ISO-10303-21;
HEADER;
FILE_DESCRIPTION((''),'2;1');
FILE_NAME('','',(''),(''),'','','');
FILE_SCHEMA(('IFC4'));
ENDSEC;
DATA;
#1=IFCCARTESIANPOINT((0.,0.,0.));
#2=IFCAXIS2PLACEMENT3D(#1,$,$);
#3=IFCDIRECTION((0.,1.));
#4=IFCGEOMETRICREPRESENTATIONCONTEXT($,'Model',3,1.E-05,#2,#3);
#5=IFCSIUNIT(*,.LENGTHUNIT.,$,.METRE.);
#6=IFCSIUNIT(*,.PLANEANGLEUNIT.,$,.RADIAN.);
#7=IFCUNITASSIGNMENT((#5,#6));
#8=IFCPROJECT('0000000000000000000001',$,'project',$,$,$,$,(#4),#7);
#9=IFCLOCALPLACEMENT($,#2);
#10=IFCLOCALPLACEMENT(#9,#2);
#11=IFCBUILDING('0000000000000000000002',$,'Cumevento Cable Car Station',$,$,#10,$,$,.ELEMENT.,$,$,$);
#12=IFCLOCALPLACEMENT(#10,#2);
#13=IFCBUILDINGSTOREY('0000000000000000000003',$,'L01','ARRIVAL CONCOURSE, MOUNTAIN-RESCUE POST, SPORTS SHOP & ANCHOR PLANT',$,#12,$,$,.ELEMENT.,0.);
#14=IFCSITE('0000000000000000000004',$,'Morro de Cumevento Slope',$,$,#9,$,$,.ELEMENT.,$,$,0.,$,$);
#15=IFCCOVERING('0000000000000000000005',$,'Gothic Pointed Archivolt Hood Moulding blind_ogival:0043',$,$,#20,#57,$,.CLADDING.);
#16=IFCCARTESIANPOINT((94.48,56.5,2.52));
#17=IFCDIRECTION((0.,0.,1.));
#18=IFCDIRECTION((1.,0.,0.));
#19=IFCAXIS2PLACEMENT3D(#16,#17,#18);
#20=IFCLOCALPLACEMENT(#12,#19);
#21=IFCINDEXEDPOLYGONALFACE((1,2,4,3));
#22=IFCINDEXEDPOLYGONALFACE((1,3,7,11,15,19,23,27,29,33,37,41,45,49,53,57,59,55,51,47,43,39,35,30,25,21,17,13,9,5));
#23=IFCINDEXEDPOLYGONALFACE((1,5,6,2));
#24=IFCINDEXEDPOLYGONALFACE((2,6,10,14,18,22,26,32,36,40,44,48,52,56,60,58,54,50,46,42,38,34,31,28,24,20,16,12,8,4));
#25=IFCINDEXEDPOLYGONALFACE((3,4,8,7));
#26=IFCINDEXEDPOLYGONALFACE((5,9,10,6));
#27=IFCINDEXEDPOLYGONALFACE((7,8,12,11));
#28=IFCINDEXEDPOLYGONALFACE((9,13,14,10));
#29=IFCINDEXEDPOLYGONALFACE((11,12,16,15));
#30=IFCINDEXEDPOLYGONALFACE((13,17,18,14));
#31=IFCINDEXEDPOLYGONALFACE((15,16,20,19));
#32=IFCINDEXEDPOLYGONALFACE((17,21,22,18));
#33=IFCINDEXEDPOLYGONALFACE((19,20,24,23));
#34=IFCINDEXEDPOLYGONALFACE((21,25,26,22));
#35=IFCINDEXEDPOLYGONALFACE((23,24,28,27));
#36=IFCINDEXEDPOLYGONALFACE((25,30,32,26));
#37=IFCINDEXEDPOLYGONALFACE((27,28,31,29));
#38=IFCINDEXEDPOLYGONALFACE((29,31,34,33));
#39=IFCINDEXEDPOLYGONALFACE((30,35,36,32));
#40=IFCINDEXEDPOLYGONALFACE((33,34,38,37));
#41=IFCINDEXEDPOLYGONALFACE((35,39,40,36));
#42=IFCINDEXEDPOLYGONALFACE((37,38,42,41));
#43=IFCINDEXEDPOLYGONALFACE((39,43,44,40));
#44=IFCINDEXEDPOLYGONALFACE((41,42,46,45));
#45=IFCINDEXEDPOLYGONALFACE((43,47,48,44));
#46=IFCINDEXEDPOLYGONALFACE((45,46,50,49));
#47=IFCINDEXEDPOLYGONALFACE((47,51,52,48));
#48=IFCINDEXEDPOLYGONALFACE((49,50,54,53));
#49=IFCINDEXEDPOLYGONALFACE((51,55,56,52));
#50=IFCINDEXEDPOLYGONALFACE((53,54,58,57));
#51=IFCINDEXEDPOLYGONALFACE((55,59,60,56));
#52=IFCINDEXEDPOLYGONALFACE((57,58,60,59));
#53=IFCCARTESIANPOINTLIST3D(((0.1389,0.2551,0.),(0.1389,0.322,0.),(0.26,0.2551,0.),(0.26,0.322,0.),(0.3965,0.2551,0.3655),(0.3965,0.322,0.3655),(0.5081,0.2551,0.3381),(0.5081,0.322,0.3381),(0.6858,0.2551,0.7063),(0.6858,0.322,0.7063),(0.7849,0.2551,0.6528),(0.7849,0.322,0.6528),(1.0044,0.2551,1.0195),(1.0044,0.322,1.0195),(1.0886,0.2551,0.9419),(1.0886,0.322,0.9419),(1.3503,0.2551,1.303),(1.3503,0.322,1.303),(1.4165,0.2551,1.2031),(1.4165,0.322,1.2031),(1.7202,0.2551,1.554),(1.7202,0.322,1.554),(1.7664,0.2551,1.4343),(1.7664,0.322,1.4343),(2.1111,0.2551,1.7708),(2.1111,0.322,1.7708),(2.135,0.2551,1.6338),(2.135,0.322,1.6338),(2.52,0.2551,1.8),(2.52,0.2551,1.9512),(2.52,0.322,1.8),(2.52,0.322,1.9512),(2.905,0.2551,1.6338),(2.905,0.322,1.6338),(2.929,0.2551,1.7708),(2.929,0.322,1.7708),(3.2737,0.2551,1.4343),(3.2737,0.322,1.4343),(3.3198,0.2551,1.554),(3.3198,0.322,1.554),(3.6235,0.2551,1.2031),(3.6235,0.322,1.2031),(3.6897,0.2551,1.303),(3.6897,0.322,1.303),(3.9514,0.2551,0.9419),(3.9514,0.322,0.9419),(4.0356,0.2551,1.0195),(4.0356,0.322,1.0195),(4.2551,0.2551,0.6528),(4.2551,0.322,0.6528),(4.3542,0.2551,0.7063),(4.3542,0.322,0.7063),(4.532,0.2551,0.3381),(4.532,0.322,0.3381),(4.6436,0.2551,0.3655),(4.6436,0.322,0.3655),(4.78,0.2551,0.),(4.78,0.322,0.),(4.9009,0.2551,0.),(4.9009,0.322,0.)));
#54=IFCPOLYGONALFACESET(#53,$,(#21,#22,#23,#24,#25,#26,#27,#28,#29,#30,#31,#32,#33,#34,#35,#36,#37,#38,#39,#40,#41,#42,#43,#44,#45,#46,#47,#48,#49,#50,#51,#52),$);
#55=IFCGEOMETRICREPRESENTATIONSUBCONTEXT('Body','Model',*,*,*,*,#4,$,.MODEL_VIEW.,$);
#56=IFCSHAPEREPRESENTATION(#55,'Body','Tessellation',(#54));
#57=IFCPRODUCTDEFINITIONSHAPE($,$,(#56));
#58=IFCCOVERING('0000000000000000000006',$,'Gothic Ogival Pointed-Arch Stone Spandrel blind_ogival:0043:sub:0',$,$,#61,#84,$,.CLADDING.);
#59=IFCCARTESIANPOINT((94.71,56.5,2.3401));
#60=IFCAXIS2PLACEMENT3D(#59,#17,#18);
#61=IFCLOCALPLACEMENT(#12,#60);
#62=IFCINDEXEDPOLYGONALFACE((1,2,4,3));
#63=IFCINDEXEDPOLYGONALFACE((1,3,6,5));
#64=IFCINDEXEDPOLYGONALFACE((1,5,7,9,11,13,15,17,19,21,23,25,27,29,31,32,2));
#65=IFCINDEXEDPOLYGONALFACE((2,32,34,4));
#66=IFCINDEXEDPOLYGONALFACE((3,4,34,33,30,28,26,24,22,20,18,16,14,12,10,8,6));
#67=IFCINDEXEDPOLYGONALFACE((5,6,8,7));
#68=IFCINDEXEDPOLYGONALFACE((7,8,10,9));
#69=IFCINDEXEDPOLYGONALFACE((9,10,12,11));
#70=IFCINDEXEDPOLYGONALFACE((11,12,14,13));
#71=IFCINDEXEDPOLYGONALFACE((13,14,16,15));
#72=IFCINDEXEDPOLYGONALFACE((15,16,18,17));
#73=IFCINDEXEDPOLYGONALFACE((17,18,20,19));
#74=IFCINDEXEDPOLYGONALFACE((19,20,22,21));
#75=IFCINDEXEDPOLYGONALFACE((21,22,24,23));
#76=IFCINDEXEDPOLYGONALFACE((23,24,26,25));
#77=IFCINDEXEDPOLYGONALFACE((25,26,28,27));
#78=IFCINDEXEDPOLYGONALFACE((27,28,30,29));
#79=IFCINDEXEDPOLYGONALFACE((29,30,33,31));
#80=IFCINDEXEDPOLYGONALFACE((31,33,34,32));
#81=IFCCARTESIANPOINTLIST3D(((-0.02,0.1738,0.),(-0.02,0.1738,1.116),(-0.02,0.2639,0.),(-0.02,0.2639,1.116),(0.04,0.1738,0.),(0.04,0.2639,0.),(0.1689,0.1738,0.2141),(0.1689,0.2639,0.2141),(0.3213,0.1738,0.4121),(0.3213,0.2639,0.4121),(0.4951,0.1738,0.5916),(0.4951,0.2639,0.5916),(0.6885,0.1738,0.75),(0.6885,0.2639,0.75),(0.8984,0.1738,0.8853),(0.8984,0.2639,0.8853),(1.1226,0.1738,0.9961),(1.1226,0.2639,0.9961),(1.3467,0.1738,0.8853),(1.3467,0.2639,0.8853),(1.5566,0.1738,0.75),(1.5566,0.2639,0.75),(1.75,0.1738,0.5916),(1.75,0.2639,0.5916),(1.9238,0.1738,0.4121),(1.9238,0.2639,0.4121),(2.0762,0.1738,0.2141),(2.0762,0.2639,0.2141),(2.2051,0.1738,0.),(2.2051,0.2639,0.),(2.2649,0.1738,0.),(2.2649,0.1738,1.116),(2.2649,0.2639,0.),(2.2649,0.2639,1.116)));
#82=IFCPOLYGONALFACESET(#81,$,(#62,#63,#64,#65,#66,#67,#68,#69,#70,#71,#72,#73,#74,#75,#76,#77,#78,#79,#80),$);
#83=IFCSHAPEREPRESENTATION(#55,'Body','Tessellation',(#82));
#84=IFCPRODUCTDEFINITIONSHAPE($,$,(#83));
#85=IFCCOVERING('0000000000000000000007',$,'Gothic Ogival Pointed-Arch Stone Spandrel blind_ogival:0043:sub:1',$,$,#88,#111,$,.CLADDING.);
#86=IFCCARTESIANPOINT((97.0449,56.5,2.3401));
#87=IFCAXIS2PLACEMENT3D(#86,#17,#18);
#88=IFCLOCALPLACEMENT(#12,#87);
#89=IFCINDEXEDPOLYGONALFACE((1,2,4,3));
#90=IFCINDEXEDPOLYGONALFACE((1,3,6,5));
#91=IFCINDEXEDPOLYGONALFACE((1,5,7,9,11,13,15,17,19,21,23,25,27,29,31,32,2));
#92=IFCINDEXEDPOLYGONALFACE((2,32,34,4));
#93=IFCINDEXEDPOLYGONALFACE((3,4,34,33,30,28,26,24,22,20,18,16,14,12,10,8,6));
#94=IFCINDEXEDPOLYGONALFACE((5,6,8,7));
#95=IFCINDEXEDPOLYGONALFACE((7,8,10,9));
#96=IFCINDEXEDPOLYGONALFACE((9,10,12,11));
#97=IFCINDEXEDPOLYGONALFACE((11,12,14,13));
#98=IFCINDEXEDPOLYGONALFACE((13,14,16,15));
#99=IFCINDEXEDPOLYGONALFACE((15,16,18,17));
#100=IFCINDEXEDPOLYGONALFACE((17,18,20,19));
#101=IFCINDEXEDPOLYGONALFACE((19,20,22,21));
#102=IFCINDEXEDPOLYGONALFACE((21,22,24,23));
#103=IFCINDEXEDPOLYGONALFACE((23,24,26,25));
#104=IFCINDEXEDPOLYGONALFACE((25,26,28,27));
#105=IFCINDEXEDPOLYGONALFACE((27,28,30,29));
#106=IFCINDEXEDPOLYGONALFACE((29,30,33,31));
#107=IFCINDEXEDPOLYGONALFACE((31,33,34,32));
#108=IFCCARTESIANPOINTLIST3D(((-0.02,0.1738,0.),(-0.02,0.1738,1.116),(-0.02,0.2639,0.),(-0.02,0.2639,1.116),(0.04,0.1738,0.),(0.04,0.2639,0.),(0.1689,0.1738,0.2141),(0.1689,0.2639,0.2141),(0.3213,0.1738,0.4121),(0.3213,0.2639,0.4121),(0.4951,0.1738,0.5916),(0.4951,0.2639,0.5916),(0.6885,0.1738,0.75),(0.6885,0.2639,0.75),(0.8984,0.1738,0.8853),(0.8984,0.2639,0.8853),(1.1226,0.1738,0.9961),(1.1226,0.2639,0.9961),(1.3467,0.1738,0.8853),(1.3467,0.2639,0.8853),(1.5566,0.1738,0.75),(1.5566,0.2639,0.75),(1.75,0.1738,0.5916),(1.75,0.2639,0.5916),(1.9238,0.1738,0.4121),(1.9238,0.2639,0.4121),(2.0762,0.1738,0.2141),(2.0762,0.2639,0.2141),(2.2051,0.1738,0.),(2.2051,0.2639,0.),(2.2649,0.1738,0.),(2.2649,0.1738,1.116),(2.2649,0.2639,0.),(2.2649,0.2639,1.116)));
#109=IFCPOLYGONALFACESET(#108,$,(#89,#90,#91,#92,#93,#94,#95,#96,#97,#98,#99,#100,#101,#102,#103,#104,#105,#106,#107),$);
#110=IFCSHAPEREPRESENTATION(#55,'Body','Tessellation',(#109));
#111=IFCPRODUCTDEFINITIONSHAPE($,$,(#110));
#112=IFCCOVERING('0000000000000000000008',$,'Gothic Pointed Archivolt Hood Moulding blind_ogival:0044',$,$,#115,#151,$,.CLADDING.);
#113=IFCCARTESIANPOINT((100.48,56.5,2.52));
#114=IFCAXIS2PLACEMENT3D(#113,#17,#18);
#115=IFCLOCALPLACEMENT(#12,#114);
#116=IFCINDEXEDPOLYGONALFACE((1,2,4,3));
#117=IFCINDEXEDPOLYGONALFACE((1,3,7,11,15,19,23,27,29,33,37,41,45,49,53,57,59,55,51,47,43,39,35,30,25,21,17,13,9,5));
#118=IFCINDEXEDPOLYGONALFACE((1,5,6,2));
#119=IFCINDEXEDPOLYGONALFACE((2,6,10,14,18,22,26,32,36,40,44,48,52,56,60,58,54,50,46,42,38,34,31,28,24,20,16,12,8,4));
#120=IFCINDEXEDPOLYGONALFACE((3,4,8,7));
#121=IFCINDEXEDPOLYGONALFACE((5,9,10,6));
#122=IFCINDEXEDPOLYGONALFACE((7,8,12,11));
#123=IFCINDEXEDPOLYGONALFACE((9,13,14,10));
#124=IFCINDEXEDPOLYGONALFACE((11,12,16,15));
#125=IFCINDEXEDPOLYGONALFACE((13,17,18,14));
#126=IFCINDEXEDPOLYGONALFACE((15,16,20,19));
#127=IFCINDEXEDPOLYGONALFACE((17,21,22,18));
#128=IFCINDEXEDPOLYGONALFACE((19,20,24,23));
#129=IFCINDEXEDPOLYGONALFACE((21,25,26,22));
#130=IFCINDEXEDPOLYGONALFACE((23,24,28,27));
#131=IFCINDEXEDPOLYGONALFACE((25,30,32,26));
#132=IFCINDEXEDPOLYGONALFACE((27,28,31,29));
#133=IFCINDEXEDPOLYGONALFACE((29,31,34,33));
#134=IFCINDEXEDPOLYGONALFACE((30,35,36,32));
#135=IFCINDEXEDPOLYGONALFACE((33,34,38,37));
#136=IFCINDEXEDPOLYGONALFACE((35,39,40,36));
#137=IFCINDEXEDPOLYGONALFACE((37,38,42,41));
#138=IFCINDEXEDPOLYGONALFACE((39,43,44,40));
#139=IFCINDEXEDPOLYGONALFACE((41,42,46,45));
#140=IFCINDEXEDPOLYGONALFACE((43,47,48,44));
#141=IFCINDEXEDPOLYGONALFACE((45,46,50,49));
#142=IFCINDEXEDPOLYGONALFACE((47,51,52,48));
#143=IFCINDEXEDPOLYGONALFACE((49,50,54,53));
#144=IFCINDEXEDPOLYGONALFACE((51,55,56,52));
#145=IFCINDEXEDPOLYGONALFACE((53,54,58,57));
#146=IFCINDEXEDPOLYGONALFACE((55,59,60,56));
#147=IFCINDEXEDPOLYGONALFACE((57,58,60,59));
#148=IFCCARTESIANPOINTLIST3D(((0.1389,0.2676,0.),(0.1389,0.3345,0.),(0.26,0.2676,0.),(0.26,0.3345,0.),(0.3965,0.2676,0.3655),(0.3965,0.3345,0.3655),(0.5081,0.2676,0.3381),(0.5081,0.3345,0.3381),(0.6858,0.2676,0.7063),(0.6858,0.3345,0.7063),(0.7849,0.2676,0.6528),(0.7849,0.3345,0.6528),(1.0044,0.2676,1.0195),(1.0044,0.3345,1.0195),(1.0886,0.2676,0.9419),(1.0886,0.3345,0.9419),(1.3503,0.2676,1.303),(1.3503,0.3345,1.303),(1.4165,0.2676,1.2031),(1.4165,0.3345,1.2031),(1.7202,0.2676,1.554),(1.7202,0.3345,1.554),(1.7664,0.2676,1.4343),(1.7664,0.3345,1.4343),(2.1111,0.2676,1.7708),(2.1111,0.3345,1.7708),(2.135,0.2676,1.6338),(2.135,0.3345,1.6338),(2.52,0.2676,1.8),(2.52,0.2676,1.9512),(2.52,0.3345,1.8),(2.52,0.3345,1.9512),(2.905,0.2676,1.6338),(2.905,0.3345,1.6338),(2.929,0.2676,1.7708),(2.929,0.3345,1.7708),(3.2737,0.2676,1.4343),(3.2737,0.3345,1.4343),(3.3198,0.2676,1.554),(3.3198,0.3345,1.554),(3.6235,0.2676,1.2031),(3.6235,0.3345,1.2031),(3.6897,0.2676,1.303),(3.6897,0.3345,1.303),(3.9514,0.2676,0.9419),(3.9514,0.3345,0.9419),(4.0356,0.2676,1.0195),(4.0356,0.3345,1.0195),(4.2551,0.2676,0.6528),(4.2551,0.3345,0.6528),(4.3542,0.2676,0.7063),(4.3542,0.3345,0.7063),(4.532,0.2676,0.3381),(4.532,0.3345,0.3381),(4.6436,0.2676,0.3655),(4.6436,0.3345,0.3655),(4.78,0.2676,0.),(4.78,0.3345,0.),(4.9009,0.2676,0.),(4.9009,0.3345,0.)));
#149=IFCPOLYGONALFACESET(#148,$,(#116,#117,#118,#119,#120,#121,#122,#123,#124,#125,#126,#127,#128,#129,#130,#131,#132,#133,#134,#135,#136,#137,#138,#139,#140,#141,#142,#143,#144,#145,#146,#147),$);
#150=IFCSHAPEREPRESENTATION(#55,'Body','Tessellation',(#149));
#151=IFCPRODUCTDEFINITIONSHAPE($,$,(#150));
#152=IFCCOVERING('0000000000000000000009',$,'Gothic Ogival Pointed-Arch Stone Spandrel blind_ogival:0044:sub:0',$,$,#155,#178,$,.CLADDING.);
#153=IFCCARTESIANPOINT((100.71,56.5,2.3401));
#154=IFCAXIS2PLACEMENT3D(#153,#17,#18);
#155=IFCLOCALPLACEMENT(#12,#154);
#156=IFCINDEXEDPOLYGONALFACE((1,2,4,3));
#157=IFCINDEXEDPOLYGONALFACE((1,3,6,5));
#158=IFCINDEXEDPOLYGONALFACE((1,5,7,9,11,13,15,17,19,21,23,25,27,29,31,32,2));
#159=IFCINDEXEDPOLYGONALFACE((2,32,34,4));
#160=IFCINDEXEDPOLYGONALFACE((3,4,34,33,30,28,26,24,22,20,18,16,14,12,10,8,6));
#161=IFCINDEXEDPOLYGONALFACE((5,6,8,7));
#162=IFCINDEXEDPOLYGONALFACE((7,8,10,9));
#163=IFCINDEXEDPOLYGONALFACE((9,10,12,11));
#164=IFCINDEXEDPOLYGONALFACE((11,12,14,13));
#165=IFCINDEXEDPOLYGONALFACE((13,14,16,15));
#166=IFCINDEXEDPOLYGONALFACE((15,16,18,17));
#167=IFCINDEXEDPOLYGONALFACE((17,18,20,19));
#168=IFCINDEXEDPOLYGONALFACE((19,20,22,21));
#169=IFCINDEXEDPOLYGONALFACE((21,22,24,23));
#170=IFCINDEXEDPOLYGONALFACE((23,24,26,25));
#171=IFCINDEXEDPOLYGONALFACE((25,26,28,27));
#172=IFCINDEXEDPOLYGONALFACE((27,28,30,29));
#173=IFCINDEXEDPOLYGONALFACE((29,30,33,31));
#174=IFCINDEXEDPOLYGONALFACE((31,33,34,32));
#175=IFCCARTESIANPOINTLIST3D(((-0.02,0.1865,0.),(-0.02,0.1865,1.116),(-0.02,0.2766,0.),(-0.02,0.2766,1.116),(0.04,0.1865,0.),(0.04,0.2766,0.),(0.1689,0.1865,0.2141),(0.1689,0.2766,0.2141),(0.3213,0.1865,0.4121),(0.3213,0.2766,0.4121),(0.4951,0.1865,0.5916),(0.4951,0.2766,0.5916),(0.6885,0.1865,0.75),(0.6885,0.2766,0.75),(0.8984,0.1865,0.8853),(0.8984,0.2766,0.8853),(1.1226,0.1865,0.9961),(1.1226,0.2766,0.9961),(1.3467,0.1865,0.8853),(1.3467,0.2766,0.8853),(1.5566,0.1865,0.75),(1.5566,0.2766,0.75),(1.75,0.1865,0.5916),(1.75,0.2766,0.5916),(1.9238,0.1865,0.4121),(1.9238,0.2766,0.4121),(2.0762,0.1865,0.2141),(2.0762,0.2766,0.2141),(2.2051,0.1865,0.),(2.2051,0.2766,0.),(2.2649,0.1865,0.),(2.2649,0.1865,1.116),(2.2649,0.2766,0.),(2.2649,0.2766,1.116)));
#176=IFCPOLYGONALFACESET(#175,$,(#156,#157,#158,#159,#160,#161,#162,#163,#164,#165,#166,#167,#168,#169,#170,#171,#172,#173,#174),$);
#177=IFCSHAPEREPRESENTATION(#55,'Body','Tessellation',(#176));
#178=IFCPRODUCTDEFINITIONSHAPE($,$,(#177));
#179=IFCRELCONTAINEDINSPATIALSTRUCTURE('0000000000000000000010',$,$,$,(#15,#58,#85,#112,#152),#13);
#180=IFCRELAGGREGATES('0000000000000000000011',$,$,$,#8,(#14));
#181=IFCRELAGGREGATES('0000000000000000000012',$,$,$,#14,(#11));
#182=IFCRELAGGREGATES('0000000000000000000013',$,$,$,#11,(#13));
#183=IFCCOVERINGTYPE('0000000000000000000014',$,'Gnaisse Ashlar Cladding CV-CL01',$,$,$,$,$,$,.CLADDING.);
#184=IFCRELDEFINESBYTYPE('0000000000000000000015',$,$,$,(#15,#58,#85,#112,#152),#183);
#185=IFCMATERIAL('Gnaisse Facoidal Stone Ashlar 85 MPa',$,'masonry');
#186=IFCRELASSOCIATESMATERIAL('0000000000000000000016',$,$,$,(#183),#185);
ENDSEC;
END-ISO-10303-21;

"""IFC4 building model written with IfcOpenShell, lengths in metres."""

from ifc_helpers import new_model, si_unit, direction, frame, origin, place, context, subcontext, project, spatial, polyline, outline, extrude, material, type_object, element, save


model = new_model("IFC4")

# Units and contexts
model_context = context("Model", 3, precision=1e-05, world=origin(), true_north=direction((0.0, 1.0)))
body_context = subcontext(model_context, "Body", "Model", "MODEL_VIEW")
ifc_project = project(units=[si_unit("LENGTHUNIT", "METRE"), si_unit("PLANEANGLEUNIT", "RADIAN")], contexts=[model_context])

# Site, building, storey
site_placement = place(None, origin())
site = spatial("IfcSite", under=ifc_project, at=site_placement, Name="Morro de Cumevento Slope", CompositionType="ELEMENT", RefElevation=0.0)
building_placement = place(site_placement, origin())
building = spatial("IfcBuilding", under=site, at=building_placement, Name="Cumevento Cable Car Station", CompositionType="ELEMENT")
storey_placement = place(building_placement, origin())
storey = spatial("IfcBuildingStorey", under=building, at=storey_placement, Name="L01", Description="ARRIVAL CONCOURSE, MOUNTAIN-RESCUE POST, SPORTS SHOP & ANCHOR PLANT", CompositionType="ELEMENT", Elevation=0.0)

# Coverings
ifc_material_1 = material(Name="Gnaisse Facoidal Stone Ashlar 85 MPa", Category="masonry")
covering_type = type_object("IfcCoveringType", Name="Gnaisse Ashlar Cladding CV-CL01", PredefinedType="CLADDING", material=ifc_material_1)
covering_1_placement = place(storey_placement, frame((94.48, 56.5, 2.52), z_axis=(0.0, 0.0, 1.0), x_axis=(1.0, 0.0, 0.0)))
element("IfcCovering", 1, at=covering_1_placement, inside=storey, type_object=covering_type, Name="Gothic Pointed Archivolt Hood Moulding blind_ogival:0043", PredefinedType="CLADDING", context=body_context, shape_type="SweptSolid", body=[
    extrude(outline(polyline([(0.26, 0.0), (0.5081, 0.3381), (0.7849, 0.6528), (1.0886, 0.9419), (1.4165, 1.2031), (1.7664, 1.4343), (2.135, 1.6338), (2.52, 1.8), (2.905, 1.6338), (3.2737, 1.4343), (3.6235, 1.2031), (3.9514, 0.9419), (4.2551, 0.6528), (4.532, 0.3381), (4.78, 0.0), (4.9009, 0.0), (4.6436, 0.3655), (4.3542, 0.7063), (4.0356, 1.0195), (3.6897, 1.303), (3.3198, 1.554), (2.929, 1.7708), (2.52, 1.9512), (2.1111, 1.7708), (1.7202, 1.554), (1.3503, 1.303), (1.0044, 1.0195), (0.6858, 0.7063), (0.3965, 0.3655), (0.1389, 0.0), (0.26, 0.0)])), frame((0.0, 0.322, 0.0), z_axis=(0.0, -1.0, 0.0), x_axis=(1.0, 0.0, 0.0)), (0.0, 0.0, 1.0), 0.0669),
])
for number, where, z_axis, x_axis, name in (
    (2, (94.71, 56.5, 2.3401), (0.0, 0.0, 1.0), (1.0, 0.0, 0.0), "Gothic Ogival Pointed-Arch Stone Spandrel blind_ogival:0043:sub:0"),
    (3, (97.0449, 56.5, 2.3401), (0.0, 0.0, 1.0), (1.0, 0.0, 0.0), "Gothic Ogival Pointed-Arch Stone Spandrel blind_ogival:0043:sub:1"),
):
    element("IfcCovering", number, at=place(storey_placement, frame(where, z_axis=z_axis, x_axis=x_axis)), inside=storey, type_object=covering_type, Name=name, PredefinedType="CLADDING", context=body_context, shape_type="SweptSolid", body=[
        extrude(outline(polyline([(-0.02, 0.0), (-0.02, 1.116), (2.2649, 1.116), (2.2649, 0.0), (2.2051, 0.0), (2.0762, 0.2141), (1.9238, 0.4121), (1.75, 0.5916), (1.5566, 0.75), (1.3467, 0.8853), (1.1226, 0.9961), (0.8984, 0.8853), (0.6885, 0.75), (0.4951, 0.5916), (0.3213, 0.4121), (0.1689, 0.2141), (0.04, 0.0), (-0.02, 0.0)])), frame((0.0, 0.2639, 0.0), z_axis=(0.0, -1.0, 0.0), x_axis=(1.0, 0.0, 0.0)), (0.0, 0.0, 1.0), 0.0901),
    ])
covering_2_placement = place(storey_placement, frame((100.48, 56.5, 2.52), z_axis=(0.0, 0.0, 1.0), x_axis=(1.0, 0.0, 0.0)))
element("IfcCovering", 4, at=covering_2_placement, inside=storey, type_object=covering_type, Name="Gothic Pointed Archivolt Hood Moulding blind_ogival:0044", PredefinedType="CLADDING", context=body_context, shape_type="SweptSolid", body=[
    extrude(outline(polyline([(0.26, 0.0), (0.5081, 0.3381), (0.7849, 0.6528), (1.0886, 0.9419), (1.4165, 1.2031), (1.7664, 1.4343), (2.135, 1.6338), (2.52, 1.8), (2.905, 1.6338), (3.2737, 1.4343), (3.6235, 1.2031), (3.9514, 0.9419), (4.2551, 0.6528), (4.532, 0.3381), (4.78, 0.0), (4.9009, 0.0), (4.6436, 0.3655), (4.3542, 0.7063), (4.0356, 1.0195), (3.6897, 1.303), (3.3198, 1.554), (2.929, 1.7708), (2.52, 1.9512), (2.1111, 1.7708), (1.7202, 1.554), (1.3503, 1.303), (1.0044, 1.0195), (0.6858, 0.7063), (0.3965, 0.3655), (0.1389, 0.0), (0.26, 0.0)])), frame((0.0, 0.3345, 0.0), z_axis=(0.0, -1.0, 0.0), x_axis=(1.0, 0.0, 0.0)), (0.0, 0.0, 1.0), 0.0669),
])
covering_3_placement = place(storey_placement, frame((100.71, 56.5, 2.3401), z_axis=(0.0, 0.0, 1.0), x_axis=(1.0, 0.0, 0.0)))
element("IfcCovering", 5, at=covering_3_placement, inside=storey, type_object=covering_type, Name="Gothic Ogival Pointed-Arch Stone Spandrel blind_ogival:0044:sub:0", PredefinedType="CLADDING", context=body_context, shape_type="SweptSolid", body=[
    extrude(outline(polyline([(-0.02, 0.0), (-0.02, 1.116), (2.2649, 1.116), (2.2649, 0.0), (2.2051, 0.0), (2.0762, 0.2141), (1.9238, 0.4121), (1.75, 0.5916), (1.5566, 0.75), (1.3467, 0.8853), (1.1226, 0.9961), (0.8984, 0.8853), (0.6885, 0.75), (0.4951, 0.5916), (0.3213, 0.4121), (0.1689, 0.2141), (0.04, 0.0), (-0.02, 0.0)])), frame((0.0, 0.2766, 0.0), z_axis=(0.0, -1.0, 0.0), x_axis=(1.0, 0.0, 0.0)), (0.0, 0.0, 1.0), 0.0901),
])

save(model, "model.ifc")
